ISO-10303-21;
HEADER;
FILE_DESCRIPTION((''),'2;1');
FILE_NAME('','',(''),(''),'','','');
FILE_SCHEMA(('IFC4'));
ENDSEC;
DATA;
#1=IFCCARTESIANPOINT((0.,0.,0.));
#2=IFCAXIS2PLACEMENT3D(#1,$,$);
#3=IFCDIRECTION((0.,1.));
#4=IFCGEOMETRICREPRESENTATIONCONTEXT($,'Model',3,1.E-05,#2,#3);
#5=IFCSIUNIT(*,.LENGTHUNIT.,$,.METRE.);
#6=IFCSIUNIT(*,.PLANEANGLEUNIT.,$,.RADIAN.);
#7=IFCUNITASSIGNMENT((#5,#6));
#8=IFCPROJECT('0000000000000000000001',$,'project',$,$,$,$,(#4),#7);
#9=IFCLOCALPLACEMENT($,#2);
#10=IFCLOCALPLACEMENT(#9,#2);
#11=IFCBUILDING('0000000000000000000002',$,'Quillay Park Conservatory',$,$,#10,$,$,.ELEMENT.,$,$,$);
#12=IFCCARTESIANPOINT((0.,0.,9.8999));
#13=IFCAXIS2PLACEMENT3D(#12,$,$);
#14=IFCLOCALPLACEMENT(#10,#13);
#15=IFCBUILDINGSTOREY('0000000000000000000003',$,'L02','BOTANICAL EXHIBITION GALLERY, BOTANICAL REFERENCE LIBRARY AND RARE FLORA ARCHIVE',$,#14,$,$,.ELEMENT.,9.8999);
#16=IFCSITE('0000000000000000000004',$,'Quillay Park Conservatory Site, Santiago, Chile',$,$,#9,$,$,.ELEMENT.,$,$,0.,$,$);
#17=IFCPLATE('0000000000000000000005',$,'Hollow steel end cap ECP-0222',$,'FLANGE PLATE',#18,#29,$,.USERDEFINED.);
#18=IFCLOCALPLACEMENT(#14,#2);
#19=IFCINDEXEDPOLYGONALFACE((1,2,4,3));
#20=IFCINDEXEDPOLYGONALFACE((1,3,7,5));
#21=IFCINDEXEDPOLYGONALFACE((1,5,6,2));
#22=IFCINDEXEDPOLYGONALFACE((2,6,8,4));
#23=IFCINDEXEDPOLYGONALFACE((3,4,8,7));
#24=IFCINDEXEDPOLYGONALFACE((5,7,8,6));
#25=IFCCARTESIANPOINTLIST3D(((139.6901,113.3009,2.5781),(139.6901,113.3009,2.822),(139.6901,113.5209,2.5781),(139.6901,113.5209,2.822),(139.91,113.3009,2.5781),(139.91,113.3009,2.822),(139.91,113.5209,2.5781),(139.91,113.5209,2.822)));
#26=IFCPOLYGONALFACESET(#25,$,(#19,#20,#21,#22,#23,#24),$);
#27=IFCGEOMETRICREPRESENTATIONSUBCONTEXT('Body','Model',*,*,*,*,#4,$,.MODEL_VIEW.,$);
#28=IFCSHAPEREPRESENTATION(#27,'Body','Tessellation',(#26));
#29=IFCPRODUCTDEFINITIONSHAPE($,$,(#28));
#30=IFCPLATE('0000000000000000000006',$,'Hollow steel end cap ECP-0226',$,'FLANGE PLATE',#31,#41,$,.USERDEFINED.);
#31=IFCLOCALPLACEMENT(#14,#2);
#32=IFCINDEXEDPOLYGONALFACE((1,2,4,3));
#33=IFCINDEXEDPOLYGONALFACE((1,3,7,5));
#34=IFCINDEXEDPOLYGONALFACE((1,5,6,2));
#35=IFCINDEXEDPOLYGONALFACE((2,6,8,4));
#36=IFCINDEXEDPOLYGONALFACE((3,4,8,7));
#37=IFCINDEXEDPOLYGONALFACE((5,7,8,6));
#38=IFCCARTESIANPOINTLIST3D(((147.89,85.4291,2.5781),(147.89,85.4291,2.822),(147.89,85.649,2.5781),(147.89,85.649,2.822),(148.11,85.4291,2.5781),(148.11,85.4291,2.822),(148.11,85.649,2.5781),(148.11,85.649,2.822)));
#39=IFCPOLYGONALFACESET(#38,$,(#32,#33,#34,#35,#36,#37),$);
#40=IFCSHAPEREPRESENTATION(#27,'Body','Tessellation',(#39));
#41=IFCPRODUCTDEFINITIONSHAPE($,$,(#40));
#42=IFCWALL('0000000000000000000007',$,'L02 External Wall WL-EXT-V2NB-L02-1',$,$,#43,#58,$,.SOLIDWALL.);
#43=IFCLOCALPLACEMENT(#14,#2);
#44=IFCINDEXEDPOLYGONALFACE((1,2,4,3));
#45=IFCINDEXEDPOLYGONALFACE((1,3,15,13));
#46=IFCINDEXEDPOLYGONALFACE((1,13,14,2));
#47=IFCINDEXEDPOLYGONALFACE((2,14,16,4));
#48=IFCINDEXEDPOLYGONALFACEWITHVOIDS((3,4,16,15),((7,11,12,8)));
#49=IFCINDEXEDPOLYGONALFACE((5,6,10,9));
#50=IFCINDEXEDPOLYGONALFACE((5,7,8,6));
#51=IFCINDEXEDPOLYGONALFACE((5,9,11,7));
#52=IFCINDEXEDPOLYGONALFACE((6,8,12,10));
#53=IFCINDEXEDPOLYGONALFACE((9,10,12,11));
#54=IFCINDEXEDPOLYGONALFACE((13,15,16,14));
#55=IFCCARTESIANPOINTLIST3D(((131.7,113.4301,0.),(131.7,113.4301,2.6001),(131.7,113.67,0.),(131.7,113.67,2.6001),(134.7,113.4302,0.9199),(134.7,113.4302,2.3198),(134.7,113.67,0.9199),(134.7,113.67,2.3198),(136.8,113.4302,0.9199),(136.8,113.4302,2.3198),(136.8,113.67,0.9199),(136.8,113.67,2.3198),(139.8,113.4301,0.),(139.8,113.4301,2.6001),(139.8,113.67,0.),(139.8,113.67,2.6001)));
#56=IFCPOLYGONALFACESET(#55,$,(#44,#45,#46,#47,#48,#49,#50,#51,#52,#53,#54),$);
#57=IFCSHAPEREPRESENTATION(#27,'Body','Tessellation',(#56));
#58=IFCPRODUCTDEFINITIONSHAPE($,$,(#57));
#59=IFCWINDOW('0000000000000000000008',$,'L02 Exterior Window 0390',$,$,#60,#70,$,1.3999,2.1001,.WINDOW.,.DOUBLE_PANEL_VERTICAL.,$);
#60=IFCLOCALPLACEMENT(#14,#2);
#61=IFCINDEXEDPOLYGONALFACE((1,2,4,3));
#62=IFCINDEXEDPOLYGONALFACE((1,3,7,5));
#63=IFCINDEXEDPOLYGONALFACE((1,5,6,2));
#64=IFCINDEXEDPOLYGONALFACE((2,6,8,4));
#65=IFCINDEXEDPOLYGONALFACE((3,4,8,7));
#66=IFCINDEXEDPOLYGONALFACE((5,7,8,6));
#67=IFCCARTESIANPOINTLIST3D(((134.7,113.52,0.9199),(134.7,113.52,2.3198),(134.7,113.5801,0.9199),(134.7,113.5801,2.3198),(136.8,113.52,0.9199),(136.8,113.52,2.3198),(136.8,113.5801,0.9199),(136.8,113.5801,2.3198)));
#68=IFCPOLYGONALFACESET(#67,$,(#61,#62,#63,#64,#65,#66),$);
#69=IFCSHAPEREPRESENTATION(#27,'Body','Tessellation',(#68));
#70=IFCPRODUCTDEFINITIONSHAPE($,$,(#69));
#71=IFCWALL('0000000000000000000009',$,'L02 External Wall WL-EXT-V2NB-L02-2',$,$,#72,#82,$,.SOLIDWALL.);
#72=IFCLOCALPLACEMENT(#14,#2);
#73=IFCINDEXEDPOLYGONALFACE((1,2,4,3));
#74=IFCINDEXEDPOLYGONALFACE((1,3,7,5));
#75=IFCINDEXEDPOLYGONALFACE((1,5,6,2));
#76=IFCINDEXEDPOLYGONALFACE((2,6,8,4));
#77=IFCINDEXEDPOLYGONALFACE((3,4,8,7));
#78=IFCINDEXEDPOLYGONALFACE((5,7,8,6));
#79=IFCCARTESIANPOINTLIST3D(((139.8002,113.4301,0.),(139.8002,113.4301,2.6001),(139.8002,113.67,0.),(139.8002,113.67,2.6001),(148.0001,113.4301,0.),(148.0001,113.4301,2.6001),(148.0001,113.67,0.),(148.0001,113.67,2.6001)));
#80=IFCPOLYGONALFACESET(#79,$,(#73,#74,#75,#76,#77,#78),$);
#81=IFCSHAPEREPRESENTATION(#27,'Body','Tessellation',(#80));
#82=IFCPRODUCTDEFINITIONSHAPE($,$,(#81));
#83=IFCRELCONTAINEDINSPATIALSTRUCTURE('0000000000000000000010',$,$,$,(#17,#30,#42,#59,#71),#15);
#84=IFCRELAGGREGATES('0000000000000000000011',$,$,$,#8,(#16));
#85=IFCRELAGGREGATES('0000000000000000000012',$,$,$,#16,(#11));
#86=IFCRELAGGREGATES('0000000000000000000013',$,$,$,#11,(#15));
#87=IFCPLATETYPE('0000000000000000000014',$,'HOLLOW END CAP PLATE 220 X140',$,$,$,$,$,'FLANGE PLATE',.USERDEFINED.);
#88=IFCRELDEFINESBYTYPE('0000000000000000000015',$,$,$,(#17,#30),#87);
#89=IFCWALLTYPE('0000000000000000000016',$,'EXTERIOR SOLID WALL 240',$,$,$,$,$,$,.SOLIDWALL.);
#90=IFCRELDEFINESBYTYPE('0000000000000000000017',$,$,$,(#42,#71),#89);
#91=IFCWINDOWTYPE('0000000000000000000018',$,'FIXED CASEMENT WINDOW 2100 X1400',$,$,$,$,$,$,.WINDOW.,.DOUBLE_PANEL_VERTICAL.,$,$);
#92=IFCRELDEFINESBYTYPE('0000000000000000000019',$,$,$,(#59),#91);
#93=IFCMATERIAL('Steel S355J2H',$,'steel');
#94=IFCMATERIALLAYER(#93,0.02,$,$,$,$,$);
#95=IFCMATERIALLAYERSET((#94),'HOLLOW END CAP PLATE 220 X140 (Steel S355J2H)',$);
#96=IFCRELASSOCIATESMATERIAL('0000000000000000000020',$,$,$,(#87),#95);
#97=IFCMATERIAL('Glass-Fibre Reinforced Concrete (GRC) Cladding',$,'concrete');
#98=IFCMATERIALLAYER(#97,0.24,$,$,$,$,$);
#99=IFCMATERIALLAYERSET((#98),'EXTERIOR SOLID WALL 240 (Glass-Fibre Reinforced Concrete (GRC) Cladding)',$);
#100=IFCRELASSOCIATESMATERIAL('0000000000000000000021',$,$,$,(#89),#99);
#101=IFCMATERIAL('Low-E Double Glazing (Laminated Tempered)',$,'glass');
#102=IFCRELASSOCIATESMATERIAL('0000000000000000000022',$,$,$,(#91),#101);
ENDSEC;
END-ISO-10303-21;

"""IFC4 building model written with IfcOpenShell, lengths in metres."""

from ifc_helpers import new_model, si_unit, direction, frame, frame_2d, origin, origin_2d, place, context, subcontext, project, spatial, rectangle, extrude, material, layer, layer_set, type_object, element, fill, save


model = new_model("IFC4")

# Units and contexts
model_context = context("Model", 3, precision=1e-05, world=origin(), true_north=direction((0.0, 1.0)))
body_context = subcontext(model_context, "Body", "Model", "MODEL_VIEW")
ifc_project = project(units=[si_unit("LENGTHUNIT", "METRE"), si_unit("PLANEANGLEUNIT", "RADIAN")], contexts=[model_context])

# Site, building, storey
site_placement = place(None, origin())
site = spatial("IfcSite", under=ifc_project, at=site_placement, Name="Quillay Park Conservatory Site, Santiago, Chile", CompositionType="ELEMENT", RefElevation=0.0)
building_placement = place(site_placement, origin())
building = spatial("IfcBuilding", under=site, at=building_placement, Name="Quillay Park Conservatory", CompositionType="ELEMENT")
storey_placement = place(building_placement, frame((0.0, 0.0, 9.8999)))
storey = spatial("IfcBuildingStorey", under=building, at=storey_placement, Name="L02", Description="BOTANICAL EXHIBITION GALLERY, BOTANICAL REFERENCE LIBRARY AND RARE FLORA ARCHIVE", CompositionType="ELEMENT", Elevation=9.8999)

# Plates
ifc_material_1 = material(Name="Steel S355J2H", Category="steel")
ifc_layer_1 = layer(ifc_material_1, 0.02)
ifc_layer_set_1 = layer_set([ifc_layer_1], Name="HOLLOW END CAP PLATE 220 X140 (Steel S355J2H)")
plate_type = type_object("IfcPlateType", Name="HOLLOW END CAP PLATE 220 X140", ElementType="FLANGE PLATE", PredefinedType="USERDEFINED", material=ifc_layer_set_1)
for number, where, z_axis, x_axis, name in (
    (1, (139.8, 113.4109, 2.5781), (0.0, 0.0, 1.0), (1.0, 0.0, 0.0), "Hollow steel end cap ECP-0222"),
    (2, (148.0, 85.5391, 2.5781), (0.0, 0.0, 1.0), (1.0, 0.0, 0.0), "Hollow steel end cap ECP-0226"),
):
    element("IfcPlate", number, at=place(storey_placement, frame(where, z_axis=z_axis, x_axis=x_axis)), inside=storey, type_object=plate_type, Name=name, ObjectType="FLANGE PLATE", PredefinedType="USERDEFINED", context=body_context, shape_type="SweptSolid", body=[
        extrude(rectangle(XDim=0.22, YDim=0.22, at=origin_2d()), origin(), (0.0, 0.0, 1.0), 0.2439),
    ])

# Wall, opening, window
ifc_material_2 = material(Name="Glass-Fibre Reinforced Concrete (GRC) Cladding", Category="concrete")
ifc_layer_2 = layer(ifc_material_2, 0.24)
ifc_layer_set_2 = layer_set([ifc_layer_2], Name="EXTERIOR SOLID WALL 240 (Glass-Fibre Reinforced Concrete (GRC) Cladding)")
wall_type = type_object("IfcWallType", Name="EXTERIOR SOLID WALL 240", PredefinedType="SOLIDWALL", material=ifc_layer_set_2)
wall_1_placement = place(storey_placement, frame((131.7, 113.55, 0.0), z_axis=(0.0, 0.0, 1.0), x_axis=(1.0, 0.0, 0.0)))
wall_1 = element("IfcWall", 3, at=wall_1_placement, inside=storey, type_object=wall_type, Name="L02 External Wall WL-EXT-V2NB-L02-1", PredefinedType="SOLIDWALL", context=body_context, shape_type="SweptSolid", body=[
    extrude(rectangle(XDim=8.1001, YDim=0.24, at=frame_2d((4.05, 0.0))), origin(), (0.0, 0.0, 1.0), 2.6001),
])
opening_placement = place(wall_1_placement, frame((3.0, 0.0, 0.9199)))
opening = element("IfcOpeningElement", 4, at=opening_placement, cuts=wall_1, PredefinedType="OPENING", context=body_context, shape_type="SweptSolid", body=[
    extrude(rectangle(XDim=2.1001, YDim=1.3999, at=frame_2d((1.05, 0.7))), frame((0.0, 0.1201, 0.0), z_axis=(0.0, -1.0, 0.0), x_axis=(1.0, 0.0, 0.0)), (0.0, 0.0, 1.0), 0.24),
])
ifc_material_3 = material(Name="Low-E Double Glazing (Laminated Tempered)", Category="glass")
window_type = type_object("IfcWindowType", Name="FIXED CASEMENT WINDOW 2100 X1400", PartitioningType="DOUBLE_PANEL_VERTICAL", PredefinedType="WINDOW", material=ifc_material_3)
window_placement = place(opening_placement, origin())
window = element("IfcWindow", 5, at=window_placement, inside=storey, type_object=window_type, Name="L02 Exterior Window 0390", OverallHeight=1.3999, OverallWidth=2.1001, PartitioningType="DOUBLE_PANEL_VERTICAL", PredefinedType="WINDOW", context=body_context, shape_type="SweptSolid", body=[
    extrude(rectangle(XDim=2.1001, YDim=1.3999, at=frame_2d((1.05, 0.7))), frame((0.0, 0.03, 0.0), z_axis=(0.0, -1.0, 0.0), x_axis=(1.0, 0.0, 0.0)), (0.0, 0.0, 1.0), 0.0601),
])
fill(opening, window)

# Wall
wall_2_placement = place(storey_placement, frame((139.8, 113.55, 0.0), z_axis=(0.0, 0.0, 1.0), x_axis=(1.0, 0.0, 0.0)))
element("IfcWall", 6, at=wall_2_placement, inside=storey, type_object=wall_type, Name="L02 External Wall WL-EXT-V2NB-L02-2", PredefinedType="SOLIDWALL", context=body_context, shape_type="SweptSolid", body=[
    extrude(rectangle(XDim=8.2, YDim=0.24, at=frame_2d((4.1001, 0.0))), origin(), (0.0, 0.0, 1.0), 2.6001),
])

save(model, "model.ifc")
